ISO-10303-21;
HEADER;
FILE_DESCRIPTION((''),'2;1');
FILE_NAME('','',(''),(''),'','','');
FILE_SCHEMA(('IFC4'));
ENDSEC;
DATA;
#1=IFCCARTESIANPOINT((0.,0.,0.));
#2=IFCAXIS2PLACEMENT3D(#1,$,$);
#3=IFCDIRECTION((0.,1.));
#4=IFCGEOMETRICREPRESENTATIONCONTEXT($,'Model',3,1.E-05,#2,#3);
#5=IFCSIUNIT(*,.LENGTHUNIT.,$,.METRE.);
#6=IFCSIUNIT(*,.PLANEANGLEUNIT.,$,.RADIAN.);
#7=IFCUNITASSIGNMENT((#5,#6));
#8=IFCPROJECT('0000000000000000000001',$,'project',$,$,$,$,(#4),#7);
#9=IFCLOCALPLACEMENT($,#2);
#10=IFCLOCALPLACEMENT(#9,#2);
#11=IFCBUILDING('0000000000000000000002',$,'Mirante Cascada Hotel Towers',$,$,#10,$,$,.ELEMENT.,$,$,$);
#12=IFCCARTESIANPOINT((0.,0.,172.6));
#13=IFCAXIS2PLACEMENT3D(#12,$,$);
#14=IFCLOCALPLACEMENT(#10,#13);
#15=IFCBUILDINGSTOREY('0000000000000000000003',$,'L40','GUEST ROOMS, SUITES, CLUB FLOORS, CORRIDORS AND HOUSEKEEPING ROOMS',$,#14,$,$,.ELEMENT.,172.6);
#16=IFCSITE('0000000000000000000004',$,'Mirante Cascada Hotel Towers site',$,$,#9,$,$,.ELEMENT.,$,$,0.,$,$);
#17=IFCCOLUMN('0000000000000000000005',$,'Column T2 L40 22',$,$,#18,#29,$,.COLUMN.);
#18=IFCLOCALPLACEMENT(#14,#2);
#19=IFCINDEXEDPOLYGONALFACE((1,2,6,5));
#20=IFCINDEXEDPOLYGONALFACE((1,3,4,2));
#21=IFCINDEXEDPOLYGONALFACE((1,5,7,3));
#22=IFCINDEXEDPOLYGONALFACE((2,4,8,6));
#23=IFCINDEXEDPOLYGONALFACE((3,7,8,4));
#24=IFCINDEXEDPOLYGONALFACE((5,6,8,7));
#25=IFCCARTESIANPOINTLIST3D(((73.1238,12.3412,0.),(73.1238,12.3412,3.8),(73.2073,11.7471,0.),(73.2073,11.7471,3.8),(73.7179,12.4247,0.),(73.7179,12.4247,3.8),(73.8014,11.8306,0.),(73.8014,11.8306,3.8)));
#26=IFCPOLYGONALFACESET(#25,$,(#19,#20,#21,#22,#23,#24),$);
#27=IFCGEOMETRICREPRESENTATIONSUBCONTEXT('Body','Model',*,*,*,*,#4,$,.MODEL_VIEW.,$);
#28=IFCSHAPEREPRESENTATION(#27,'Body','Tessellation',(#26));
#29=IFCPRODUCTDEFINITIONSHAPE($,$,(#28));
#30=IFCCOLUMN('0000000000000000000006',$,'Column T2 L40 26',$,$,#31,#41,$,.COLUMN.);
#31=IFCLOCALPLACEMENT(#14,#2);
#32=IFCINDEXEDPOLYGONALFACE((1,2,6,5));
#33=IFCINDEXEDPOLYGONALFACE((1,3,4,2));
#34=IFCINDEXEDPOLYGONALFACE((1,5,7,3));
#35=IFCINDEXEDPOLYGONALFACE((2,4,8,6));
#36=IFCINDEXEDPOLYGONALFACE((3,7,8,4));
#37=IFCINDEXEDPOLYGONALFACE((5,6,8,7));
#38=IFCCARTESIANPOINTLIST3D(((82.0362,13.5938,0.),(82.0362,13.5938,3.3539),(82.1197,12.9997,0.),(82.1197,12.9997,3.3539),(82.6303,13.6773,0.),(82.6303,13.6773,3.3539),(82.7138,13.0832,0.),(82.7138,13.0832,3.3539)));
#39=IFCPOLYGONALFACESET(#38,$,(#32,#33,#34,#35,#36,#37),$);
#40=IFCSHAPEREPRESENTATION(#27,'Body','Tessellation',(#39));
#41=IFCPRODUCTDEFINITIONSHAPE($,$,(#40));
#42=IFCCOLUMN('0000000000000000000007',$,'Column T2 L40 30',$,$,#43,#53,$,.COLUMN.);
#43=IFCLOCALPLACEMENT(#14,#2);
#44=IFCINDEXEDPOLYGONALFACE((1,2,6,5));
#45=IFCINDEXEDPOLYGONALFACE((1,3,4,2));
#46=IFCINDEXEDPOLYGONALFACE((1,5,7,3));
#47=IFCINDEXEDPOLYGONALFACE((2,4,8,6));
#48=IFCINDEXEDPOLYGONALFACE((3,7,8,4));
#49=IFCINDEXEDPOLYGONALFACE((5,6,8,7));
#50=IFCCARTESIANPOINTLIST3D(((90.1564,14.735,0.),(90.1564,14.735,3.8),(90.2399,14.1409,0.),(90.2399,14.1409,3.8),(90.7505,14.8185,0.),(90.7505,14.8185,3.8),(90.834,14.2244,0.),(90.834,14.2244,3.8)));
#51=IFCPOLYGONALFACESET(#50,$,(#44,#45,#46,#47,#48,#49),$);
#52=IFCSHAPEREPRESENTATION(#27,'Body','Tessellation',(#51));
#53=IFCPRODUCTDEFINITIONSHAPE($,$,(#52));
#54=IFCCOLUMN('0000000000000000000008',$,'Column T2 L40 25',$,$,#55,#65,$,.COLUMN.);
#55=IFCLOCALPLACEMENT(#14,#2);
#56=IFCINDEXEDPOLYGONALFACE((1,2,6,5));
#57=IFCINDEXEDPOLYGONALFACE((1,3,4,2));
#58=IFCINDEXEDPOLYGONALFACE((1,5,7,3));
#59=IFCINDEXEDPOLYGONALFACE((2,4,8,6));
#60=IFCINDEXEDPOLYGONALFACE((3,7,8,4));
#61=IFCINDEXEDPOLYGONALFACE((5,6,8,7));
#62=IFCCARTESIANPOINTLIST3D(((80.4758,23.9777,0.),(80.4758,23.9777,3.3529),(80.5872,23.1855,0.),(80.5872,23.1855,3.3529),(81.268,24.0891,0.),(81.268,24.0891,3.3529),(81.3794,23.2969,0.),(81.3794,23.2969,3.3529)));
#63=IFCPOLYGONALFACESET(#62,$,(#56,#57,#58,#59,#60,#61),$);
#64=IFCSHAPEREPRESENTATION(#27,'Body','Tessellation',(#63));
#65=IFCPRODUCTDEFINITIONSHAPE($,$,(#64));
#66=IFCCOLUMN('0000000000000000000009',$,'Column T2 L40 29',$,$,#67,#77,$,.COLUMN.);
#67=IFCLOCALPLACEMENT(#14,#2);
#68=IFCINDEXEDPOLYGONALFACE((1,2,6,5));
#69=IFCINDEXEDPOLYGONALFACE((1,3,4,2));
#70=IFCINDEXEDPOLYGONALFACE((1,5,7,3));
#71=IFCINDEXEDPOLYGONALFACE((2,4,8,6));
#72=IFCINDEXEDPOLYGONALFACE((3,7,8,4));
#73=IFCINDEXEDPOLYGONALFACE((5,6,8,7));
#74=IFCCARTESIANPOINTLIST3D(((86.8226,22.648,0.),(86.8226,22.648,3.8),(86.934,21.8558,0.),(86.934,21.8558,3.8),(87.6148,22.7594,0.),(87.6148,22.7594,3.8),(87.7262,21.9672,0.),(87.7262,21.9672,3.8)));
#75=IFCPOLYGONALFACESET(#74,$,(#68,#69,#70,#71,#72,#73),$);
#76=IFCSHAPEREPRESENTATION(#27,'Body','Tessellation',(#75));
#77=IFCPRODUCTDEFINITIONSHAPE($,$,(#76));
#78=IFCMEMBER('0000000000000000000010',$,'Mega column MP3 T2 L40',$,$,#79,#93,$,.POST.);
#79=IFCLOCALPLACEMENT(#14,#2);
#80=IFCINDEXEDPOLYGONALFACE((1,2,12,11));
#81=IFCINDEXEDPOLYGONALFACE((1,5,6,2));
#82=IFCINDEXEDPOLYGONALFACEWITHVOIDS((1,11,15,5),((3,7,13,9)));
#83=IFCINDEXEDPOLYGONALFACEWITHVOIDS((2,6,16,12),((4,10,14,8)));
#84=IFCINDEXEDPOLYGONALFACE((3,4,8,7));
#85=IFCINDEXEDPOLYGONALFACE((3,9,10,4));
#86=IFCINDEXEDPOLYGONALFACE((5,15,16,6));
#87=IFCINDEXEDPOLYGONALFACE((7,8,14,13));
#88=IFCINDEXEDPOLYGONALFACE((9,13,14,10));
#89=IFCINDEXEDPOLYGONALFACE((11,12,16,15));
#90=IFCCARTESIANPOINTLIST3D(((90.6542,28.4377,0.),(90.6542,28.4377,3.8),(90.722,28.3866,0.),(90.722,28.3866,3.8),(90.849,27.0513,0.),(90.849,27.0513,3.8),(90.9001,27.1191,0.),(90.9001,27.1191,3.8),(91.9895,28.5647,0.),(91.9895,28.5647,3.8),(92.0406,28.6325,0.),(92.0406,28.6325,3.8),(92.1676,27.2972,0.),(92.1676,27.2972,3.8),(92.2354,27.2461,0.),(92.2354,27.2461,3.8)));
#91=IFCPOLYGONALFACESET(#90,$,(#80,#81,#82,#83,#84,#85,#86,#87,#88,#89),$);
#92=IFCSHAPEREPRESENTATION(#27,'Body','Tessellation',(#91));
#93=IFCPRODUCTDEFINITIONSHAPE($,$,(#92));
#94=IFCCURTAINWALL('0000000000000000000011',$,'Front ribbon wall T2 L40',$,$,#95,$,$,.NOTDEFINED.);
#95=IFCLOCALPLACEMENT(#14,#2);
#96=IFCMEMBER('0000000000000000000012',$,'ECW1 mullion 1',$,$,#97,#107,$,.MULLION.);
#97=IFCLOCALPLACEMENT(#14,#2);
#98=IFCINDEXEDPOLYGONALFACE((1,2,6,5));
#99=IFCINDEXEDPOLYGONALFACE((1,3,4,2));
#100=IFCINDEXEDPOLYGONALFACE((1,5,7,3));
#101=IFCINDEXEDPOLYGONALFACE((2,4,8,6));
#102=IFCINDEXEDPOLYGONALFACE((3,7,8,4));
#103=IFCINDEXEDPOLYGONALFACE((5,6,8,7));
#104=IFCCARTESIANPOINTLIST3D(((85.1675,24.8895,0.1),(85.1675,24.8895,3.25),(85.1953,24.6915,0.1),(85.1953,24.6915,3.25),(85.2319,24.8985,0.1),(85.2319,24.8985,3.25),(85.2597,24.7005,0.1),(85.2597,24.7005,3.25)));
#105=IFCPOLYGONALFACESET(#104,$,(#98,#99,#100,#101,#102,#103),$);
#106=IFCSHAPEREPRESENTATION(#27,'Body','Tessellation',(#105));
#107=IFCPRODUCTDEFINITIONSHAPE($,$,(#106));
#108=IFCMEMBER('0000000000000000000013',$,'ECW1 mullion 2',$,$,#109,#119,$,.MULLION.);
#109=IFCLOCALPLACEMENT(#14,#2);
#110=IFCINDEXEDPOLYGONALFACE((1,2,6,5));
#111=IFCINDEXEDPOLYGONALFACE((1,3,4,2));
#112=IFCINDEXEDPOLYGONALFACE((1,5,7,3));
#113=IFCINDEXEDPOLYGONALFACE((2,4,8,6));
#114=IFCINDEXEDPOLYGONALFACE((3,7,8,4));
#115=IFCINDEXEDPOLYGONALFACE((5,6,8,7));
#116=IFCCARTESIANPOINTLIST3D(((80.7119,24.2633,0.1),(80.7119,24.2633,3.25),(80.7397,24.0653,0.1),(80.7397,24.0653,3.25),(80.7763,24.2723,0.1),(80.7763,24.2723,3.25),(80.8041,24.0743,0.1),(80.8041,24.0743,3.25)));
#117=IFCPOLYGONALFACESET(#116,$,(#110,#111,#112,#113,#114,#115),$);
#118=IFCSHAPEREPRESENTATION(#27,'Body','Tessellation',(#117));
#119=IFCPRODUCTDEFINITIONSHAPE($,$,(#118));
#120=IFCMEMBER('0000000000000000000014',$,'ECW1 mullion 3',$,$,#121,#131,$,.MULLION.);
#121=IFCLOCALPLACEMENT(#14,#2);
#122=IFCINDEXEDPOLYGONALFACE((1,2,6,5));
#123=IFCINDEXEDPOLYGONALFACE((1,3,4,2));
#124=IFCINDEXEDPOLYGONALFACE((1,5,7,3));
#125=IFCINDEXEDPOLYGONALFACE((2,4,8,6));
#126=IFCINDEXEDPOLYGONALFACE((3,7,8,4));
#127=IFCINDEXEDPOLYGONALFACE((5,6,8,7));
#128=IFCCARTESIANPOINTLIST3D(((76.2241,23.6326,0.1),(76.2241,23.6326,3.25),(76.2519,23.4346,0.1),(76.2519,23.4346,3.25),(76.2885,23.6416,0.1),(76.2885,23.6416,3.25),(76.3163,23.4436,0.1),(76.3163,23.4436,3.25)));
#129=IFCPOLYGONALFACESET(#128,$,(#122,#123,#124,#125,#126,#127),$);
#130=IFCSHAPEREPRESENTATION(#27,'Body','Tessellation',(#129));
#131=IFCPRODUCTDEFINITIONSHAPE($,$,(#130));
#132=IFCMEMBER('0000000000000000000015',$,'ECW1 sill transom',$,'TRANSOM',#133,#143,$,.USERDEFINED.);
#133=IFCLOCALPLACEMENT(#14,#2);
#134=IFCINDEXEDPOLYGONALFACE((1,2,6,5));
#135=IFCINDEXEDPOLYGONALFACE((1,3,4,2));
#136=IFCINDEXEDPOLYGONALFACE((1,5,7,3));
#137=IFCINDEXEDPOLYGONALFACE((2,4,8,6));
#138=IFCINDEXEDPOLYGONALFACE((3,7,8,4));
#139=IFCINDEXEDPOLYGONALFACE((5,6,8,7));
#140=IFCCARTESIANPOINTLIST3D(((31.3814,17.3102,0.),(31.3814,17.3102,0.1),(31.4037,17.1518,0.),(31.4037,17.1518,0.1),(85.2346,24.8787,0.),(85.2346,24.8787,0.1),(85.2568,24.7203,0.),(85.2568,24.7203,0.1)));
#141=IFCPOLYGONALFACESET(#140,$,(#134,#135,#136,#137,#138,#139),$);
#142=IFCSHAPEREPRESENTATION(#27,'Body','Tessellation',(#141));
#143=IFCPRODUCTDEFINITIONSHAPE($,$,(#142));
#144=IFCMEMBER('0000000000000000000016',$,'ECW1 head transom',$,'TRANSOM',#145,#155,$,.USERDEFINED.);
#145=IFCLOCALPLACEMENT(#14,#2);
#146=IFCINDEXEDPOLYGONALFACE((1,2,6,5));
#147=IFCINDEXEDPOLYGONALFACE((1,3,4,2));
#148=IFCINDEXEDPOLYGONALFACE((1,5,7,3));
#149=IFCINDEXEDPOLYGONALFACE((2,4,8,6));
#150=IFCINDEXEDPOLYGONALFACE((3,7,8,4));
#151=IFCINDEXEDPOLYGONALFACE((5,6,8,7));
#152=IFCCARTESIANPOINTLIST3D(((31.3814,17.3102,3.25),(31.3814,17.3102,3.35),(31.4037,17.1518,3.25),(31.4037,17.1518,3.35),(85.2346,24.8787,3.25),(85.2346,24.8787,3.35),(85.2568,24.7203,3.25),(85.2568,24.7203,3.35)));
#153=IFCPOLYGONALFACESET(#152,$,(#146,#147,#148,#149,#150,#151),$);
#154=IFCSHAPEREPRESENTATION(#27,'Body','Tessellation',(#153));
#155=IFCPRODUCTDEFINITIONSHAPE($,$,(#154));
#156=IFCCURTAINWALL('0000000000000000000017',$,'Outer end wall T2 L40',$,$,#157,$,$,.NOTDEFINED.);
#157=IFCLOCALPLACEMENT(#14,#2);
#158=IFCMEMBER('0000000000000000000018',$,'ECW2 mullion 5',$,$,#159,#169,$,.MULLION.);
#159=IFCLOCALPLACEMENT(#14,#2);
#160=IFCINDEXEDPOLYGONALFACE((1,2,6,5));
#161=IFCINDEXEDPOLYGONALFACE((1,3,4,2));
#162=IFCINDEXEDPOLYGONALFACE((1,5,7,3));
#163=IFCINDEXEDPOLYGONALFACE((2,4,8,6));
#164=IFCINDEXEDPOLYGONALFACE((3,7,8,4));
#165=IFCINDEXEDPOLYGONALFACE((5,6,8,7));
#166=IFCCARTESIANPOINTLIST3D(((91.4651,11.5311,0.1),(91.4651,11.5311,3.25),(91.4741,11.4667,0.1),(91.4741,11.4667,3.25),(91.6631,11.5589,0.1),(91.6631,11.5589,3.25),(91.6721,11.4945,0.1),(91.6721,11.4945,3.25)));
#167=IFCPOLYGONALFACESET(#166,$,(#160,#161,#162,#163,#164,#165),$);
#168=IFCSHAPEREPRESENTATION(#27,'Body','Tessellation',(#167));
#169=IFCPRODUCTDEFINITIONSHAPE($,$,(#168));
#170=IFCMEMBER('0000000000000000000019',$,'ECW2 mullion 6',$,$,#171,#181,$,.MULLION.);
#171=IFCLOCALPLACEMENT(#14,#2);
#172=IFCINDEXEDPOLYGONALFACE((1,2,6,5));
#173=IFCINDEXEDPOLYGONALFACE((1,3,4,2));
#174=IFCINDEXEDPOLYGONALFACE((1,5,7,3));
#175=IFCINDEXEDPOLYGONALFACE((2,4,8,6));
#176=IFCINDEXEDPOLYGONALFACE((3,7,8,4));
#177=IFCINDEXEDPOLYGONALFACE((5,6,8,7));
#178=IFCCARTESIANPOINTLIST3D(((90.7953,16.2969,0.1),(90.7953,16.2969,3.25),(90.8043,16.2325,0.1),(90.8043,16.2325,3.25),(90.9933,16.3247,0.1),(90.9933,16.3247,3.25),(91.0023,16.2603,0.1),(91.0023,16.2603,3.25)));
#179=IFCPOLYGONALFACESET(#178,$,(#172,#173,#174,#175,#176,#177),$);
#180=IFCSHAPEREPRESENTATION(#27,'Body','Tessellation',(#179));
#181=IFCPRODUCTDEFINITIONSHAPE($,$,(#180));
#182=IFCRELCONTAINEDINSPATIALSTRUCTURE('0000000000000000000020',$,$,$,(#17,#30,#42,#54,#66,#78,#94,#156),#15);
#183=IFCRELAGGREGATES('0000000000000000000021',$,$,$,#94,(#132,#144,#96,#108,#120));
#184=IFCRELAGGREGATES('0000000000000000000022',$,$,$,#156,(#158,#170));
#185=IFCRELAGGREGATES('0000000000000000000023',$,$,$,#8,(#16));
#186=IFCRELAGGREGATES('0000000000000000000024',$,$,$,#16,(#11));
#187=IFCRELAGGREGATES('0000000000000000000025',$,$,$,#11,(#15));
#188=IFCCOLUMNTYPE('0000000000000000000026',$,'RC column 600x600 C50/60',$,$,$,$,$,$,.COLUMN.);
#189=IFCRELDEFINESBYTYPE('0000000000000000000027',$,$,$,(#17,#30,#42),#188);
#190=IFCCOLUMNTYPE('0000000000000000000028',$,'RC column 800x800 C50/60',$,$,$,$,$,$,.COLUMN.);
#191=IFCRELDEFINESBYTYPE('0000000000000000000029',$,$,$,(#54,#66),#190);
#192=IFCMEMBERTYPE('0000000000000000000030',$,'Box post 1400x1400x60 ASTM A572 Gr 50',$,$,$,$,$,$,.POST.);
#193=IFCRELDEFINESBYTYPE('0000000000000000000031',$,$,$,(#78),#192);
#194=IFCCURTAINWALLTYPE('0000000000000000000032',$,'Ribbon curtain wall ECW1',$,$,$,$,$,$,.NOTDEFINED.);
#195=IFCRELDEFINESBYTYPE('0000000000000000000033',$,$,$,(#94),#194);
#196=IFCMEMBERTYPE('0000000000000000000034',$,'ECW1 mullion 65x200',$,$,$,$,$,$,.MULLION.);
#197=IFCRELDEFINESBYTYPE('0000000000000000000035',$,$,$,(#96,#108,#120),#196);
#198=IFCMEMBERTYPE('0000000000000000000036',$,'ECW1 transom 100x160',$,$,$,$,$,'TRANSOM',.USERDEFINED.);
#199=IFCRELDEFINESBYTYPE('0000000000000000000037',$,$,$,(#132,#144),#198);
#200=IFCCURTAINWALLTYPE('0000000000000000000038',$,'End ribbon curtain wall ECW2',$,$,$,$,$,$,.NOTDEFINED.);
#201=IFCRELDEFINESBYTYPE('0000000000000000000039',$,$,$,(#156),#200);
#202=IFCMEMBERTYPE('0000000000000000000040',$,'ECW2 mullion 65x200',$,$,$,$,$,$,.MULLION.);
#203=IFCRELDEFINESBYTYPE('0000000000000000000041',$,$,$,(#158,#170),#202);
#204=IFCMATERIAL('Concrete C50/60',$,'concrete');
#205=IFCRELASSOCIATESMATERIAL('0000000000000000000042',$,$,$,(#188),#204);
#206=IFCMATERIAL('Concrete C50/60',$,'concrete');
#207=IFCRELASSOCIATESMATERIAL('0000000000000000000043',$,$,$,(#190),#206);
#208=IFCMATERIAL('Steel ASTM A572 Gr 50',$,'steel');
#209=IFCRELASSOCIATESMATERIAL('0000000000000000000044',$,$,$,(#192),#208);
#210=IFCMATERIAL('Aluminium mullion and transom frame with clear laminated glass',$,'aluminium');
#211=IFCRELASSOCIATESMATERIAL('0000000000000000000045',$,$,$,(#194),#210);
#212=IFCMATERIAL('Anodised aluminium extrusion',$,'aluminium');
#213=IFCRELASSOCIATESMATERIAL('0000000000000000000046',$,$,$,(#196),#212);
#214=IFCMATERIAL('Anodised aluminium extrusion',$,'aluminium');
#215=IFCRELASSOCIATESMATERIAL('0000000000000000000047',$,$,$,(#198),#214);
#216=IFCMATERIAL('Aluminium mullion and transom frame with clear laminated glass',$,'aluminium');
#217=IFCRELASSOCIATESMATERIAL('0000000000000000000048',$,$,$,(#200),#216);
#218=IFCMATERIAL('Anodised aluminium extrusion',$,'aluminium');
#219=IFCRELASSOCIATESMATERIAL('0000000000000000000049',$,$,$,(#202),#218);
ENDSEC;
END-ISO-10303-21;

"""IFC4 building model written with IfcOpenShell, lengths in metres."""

from ifc_helpers import new_model, si_unit, direction, frame, origin, origin_2d, place, context, subcontext, project, spatial, rectangle, hollow_rectangle, extrude, material, material_profile, profile_set, type_object, element, aggregate, save


model = new_model("IFC4")

# Units and contexts
model_context = context("Model", 3, precision=1e-05, world=origin(), true_north=direction((0.0, 1.0)))
body_context = subcontext(model_context, "Body", "Model", "MODEL_VIEW")
ifc_project = project(units=[si_unit("LENGTHUNIT", "METRE"), si_unit("PLANEANGLEUNIT", "RADIAN")], contexts=[model_context])

# Site, building, storey
site_placement = place(None, origin())
site = spatial("IfcSite", under=ifc_project, at=site_placement, Name="Mirante Cascada Hotel Towers site", CompositionType="ELEMENT", RefElevation=0.0)
building_placement = place(site_placement, origin())
building = spatial("IfcBuilding", under=site, at=building_placement, Name="Mirante Cascada Hotel Towers", CompositionType="ELEMENT")
storey_placement = place(building_placement, frame((0.0, 0.0, 172.6)))
storey = spatial("IfcBuildingStorey", under=building, at=storey_placement, Name="L40", Description="GUEST ROOMS, SUITES, CLUB FLOORS, CORRIDORS AND HOUSEKEEPING ROOMS", CompositionType="ELEMENT", Elevation=172.6)

# Columns
ifc_material_1 = material(Name="Concrete C50/60", Category="concrete")
ifc_material_profile_1 = material_profile(ifc_material_1, rectangle(XDim=0.6, YDim=0.6, at=origin_2d()), Name="RC column 600x600 C50/60")
ifc_profile_set_1 = profile_set([ifc_material_profile_1], Name="Concrete C50/60")
column_type_1 = type_object("IfcColumnType", Name="RC column 600x600 C50/60", PredefinedType="COLUMN", material=ifc_profile_set_1)
column_1_placement = place(storey_placement, frame((73.4626, 12.0859, 0.0), z_axis=(0.0, 0.0, 1.0), x_axis=(0.990268, 0.139173, 0.0)))
element("IfcColumn", 1, at=column_1_placement, inside=storey, type_object=column_type_1, Name="Column T2 L40 22", PredefinedType="COLUMN", context=body_context, shape_type="SweptSolid", body=[
    extrude(rectangle(XDim=0.6, YDim=0.6, at=origin_2d()), origin(), (0.0, 0.0, 1.0), 3.8),
])
column_2_placement = place(storey_placement, frame((82.375, 13.3385, 0.0), z_axis=(0.0, 0.0, 1.0), x_axis=(0.990268, 0.139173, 0.0)))
element("IfcColumn", 2, at=column_2_placement, inside=storey, type_object=column_type_1, Name="Column T2 L40 26", PredefinedType="COLUMN", context=body_context, shape_type="SweptSolid", body=[
    extrude(rectangle(XDim=0.6, YDim=0.6, at=origin_2d()), origin(), (0.0, 0.0, 1.0), 3.3539),
])
column_3_placement = place(storey_placement, frame((90.4952, 14.4797, 0.0), z_axis=(0.0, 0.0, 1.0), x_axis=(0.990268, 0.139173, 0.0)))
element("IfcColumn", 3, at=column_3_placement, inside=storey, type_object=column_type_1, Name="Column T2 L40 30", PredefinedType="COLUMN", context=body_context, shape_type="SweptSolid", body=[
    extrude(rectangle(XDim=0.6, YDim=0.6, at=origin_2d()), origin(), (0.0, 0.0, 1.0), 3.8),
])
ifc_material_2 = material(Name="Concrete C50/60", Category="concrete")
ifc_material_profile_2 = material_profile(ifc_material_2, rectangle(XDim=0.8, YDim=0.8, at=origin_2d()), Name="RC column 800x800 C50/60")
ifc_profile_set_2 = profile_set([ifc_material_profile_2], Name="Concrete C50/60")
column_type_2 = type_object("IfcColumnType", Name="RC column 800x800 C50/60", PredefinedType="COLUMN", material=ifc_profile_set_2)
column_4_placement = place(storey_placement, frame((80.9276, 23.6373, 0.0), z_axis=(0.0, 0.0, 1.0), x_axis=(0.990268, 0.139173, 0.0)))
element("IfcColumn", 4, at=column_4_placement, inside=storey, type_object=column_type_2, Name="Column T2 L40 25", PredefinedType="COLUMN", context=body_context, shape_type="SweptSolid", body=[
    extrude(rectangle(XDim=0.8, YDim=0.8, at=origin_2d()), origin(), (0.0, 0.0, 1.0), 3.3529),
])
column_5_placement = place(storey_placement, frame((87.2744, 22.3076, 0.0), z_axis=(0.0, 0.0, 1.0), x_axis=(0.990268, 0.139173, 0.0)))
element("IfcColumn", 5, at=column_5_placement, inside=storey, type_object=column_type_2, Name="Column T2 L40 29", PredefinedType="COLUMN", context=body_context, shape_type="SweptSolid", body=[
    extrude(rectangle(XDim=0.8, YDim=0.8, at=origin_2d()), origin(), (0.0, 0.0, 1.0), 3.8),
])

# Member
ifc_material_3 = material(Name="Steel ASTM A572 Gr 50", Category="steel")
ifc_material_profile_3 = material_profile(ifc_material_3, hollow_rectangle(XDim=1.4, YDim=1.4, WallThickness=0.06, at=origin_2d()), Name="Box post 1400x1400x60 ASTM A572 Gr 50")
ifc_profile_set_3 = profile_set([ifc_material_profile_3], Name="Steel ASTM A572 Gr 50")
member_type_1 = type_object("IfcMemberType", Name="Box post 1400x1400x60 ASTM A572 Gr 50", PredefinedType="POST", material=ifc_profile_set_3)
member_1_placement = place(storey_placement, frame((91.4448, 27.8419, 0.0), z_axis=(0.0, 0.0, 1.0), x_axis=(0.990268, 0.139173, 0.0)))
element("IfcMember", 6, at=member_1_placement, inside=storey, type_object=member_type_1, Name="Mega column MP3 T2 L40", PredefinedType="POST", context=body_context, shape_type="SweptSolid", body=[
    extrude(hollow_rectangle(XDim=1.4, YDim=1.4, WallThickness=0.06, at=origin_2d()), origin(), (0.0, 0.0, 1.0), 3.8),
])

# Curtain walls, members
ifc_material_4 = material(Name="Aluminium mullion and transom frame with clear laminated glass", Category="aluminium")
curtain_wall_type_1 = type_object("IfcCurtainWallType", Name="Ribbon curtain wall ECW1", PredefinedType="NOTDEFINED", material=ifc_material_4)
curtain_wall_1_placement = place(storey_placement, origin())
curtain_wall_1 = element("IfcCurtainWall", 7, at=curtain_wall_1_placement, inside=storey, type_object=curtain_wall_type_1, Name="Front ribbon wall T2 L40", PredefinedType="NOTDEFINED")
ifc_material_5 = material(Name="Anodised aluminium extrusion", Category="aluminium")
ifc_material_profile_4 = material_profile(ifc_material_5, rectangle(XDim=0.2, YDim=0.065, at=origin_2d()), Name="ECW1 MULLION 65x200")
ifc_profile_set_4 = profile_set([ifc_material_profile_4], Name="Anodised aluminium extrusion")
member_type_2 = type_object("IfcMemberType", Name="ECW1 mullion 65x200", PredefinedType="MULLION", material=ifc_profile_set_4)
member_2_placement = place(storey_placement, frame((85.2136, 24.795, 0.1), z_axis=(0.0, 0.0, 1.0), x_axis=(0.139173, -0.990268, 0.0)))
member_2 = element("IfcMember", 8, at=member_2_placement, type_object=member_type_2, Name="ECW1 mullion 1", PredefinedType="MULLION", context=body_context, shape_type="SweptSolid", body=[
    extrude(rectangle(XDim=0.2, YDim=0.065, at=origin_2d()), origin(), (0.0, 0.0, 1.0), 3.15),
])
member_3_placement = place(storey_placement, frame((80.758, 24.1688, 0.1), z_axis=(0.0, 0.0, 1.0), x_axis=(0.139173, -0.990268, 0.0)))
member_3 = element("IfcMember", 9, at=member_3_placement, type_object=member_type_2, Name="ECW1 mullion 2", PredefinedType="MULLION", context=body_context, shape_type="SweptSolid", body=[
    extrude(rectangle(XDim=0.2, YDim=0.065, at=origin_2d()), origin(), (0.0, 0.0, 1.0), 3.15),
])
member_4_placement = place(storey_placement, frame((76.2702, 23.5381, 0.1), z_axis=(0.0, 0.0, 1.0), x_axis=(0.139173, -0.990268, 0.0)))
member_4 = element("IfcMember", 10, at=member_4_placement, type_object=member_type_2, Name="ECW1 mullion 3", PredefinedType="MULLION", context=body_context, shape_type="SweptSolid", body=[
    extrude(rectangle(XDim=0.2, YDim=0.065, at=origin_2d()), origin(), (0.0, 0.0, 1.0), 3.15),
])
ifc_material_6 = material(Name="Anodised aluminium extrusion", Category="aluminium")
ifc_material_profile_5 = material_profile(ifc_material_6, rectangle(XDim=0.16, YDim=0.1, at=origin_2d()), Name="ECW1 TRANSOM 100x160")
ifc_profile_set_5 = profile_set([ifc_material_profile_5], Name="Anodised aluminium extrusion")
member_type_3 = type_object("IfcMemberType", Name="ECW1 transom 100x160", ElementType="TRANSOM", PredefinedType="USERDEFINED", material=ifc_profile_set_5)
member_5_placement = place(storey_placement, frame((85.2457, 24.7995, 0.05), z_axis=(-0.990268, -0.139172, 0.0), x_axis=(0.139172, -0.990268, 0.0)))
member_5 = element("IfcMember", 11, at=member_5_placement, type_object=member_type_3, Name="ECW1 sill transom", ObjectType="TRANSOM", PredefinedType="USERDEFINED", context=body_context, shape_type="SweptSolid", body=[
    extrude(rectangle(XDim=0.16, YDim=0.1, at=origin_2d()), origin(), (0.0, 0.0, 1.0), 54.3824),
])
member_6_placement = place(storey_placement, frame((85.2457, 24.7995, 3.3), z_axis=(-0.990268, -0.139172, 0.0), x_axis=(0.139172, -0.990268, 0.0)))
member_6 = element("IfcMember", 12, at=member_6_placement, type_object=member_type_3, Name="ECW1 head transom", ObjectType="TRANSOM", PredefinedType="USERDEFINED", context=body_context, shape_type="SweptSolid", body=[
    extrude(rectangle(XDim=0.16, YDim=0.1, at=origin_2d()), origin(), (0.0, 0.0, 1.0), 54.3824),
])
ifc_material_7 = material(Name="Aluminium mullion and transom frame with clear laminated glass", Category="aluminium")
curtain_wall_type_2 = type_object("IfcCurtainWallType", Name="End ribbon curtain wall ECW2", PredefinedType="NOTDEFINED", material=ifc_material_7)
curtain_wall_2_placement = place(storey_placement, origin())
curtain_wall_2 = element("IfcCurtainWall", 13, at=curtain_wall_2_placement, inside=storey, type_object=curtain_wall_type_2, Name="Outer end wall T2 L40", PredefinedType="NOTDEFINED")
ifc_material_8 = material(Name="Anodised aluminium extrusion", Category="aluminium")
ifc_material_profile_6 = material_profile(ifc_material_8, rectangle(XDim=0.2, YDim=0.065, at=origin_2d()), Name="ECW2 MULLION 65x200")
ifc_profile_set_6 = profile_set([ifc_material_profile_6], Name="Anodised aluminium extrusion")
member_type_4 = type_object("IfcMemberType", Name="ECW2 mullion 65x200", PredefinedType="MULLION", material=ifc_profile_set_6)
member_7_placement = place(storey_placement, frame((91.5686, 11.5128, 0.1), z_axis=(0.0, 0.0, 1.0), x_axis=(-0.990268, -0.139173, 0.0)))
member_7 = element("IfcMember", 14, at=member_7_placement, type_object=member_type_4, Name="ECW2 mullion 5", PredefinedType="MULLION", context=body_context, shape_type="SweptSolid", body=[
    extrude(rectangle(XDim=0.2, YDim=0.065, at=origin_2d()), origin(), (0.0, 0.0, 1.0), 3.15),
])
member_8_placement = place(storey_placement, frame((90.8988, 16.2786, 0.1), z_axis=(0.0, 0.0, 1.0), x_axis=(-0.990268, -0.139173, 0.0)))
member_8 = element("IfcMember", 15, at=member_8_placement, type_object=member_type_4, Name="ECW2 mullion 6", PredefinedType="MULLION", context=body_context, shape_type="SweptSolid", body=[
    extrude(rectangle(XDim=0.2, YDim=0.065, at=origin_2d()), origin(), (0.0, 0.0, 1.0), 3.15),
])

aggregate(curtain_wall_1, [member_5, member_6, member_2, member_3, member_4])
aggregate(curtain_wall_2, [member_7, member_8])

save(model, "model.ifc")
